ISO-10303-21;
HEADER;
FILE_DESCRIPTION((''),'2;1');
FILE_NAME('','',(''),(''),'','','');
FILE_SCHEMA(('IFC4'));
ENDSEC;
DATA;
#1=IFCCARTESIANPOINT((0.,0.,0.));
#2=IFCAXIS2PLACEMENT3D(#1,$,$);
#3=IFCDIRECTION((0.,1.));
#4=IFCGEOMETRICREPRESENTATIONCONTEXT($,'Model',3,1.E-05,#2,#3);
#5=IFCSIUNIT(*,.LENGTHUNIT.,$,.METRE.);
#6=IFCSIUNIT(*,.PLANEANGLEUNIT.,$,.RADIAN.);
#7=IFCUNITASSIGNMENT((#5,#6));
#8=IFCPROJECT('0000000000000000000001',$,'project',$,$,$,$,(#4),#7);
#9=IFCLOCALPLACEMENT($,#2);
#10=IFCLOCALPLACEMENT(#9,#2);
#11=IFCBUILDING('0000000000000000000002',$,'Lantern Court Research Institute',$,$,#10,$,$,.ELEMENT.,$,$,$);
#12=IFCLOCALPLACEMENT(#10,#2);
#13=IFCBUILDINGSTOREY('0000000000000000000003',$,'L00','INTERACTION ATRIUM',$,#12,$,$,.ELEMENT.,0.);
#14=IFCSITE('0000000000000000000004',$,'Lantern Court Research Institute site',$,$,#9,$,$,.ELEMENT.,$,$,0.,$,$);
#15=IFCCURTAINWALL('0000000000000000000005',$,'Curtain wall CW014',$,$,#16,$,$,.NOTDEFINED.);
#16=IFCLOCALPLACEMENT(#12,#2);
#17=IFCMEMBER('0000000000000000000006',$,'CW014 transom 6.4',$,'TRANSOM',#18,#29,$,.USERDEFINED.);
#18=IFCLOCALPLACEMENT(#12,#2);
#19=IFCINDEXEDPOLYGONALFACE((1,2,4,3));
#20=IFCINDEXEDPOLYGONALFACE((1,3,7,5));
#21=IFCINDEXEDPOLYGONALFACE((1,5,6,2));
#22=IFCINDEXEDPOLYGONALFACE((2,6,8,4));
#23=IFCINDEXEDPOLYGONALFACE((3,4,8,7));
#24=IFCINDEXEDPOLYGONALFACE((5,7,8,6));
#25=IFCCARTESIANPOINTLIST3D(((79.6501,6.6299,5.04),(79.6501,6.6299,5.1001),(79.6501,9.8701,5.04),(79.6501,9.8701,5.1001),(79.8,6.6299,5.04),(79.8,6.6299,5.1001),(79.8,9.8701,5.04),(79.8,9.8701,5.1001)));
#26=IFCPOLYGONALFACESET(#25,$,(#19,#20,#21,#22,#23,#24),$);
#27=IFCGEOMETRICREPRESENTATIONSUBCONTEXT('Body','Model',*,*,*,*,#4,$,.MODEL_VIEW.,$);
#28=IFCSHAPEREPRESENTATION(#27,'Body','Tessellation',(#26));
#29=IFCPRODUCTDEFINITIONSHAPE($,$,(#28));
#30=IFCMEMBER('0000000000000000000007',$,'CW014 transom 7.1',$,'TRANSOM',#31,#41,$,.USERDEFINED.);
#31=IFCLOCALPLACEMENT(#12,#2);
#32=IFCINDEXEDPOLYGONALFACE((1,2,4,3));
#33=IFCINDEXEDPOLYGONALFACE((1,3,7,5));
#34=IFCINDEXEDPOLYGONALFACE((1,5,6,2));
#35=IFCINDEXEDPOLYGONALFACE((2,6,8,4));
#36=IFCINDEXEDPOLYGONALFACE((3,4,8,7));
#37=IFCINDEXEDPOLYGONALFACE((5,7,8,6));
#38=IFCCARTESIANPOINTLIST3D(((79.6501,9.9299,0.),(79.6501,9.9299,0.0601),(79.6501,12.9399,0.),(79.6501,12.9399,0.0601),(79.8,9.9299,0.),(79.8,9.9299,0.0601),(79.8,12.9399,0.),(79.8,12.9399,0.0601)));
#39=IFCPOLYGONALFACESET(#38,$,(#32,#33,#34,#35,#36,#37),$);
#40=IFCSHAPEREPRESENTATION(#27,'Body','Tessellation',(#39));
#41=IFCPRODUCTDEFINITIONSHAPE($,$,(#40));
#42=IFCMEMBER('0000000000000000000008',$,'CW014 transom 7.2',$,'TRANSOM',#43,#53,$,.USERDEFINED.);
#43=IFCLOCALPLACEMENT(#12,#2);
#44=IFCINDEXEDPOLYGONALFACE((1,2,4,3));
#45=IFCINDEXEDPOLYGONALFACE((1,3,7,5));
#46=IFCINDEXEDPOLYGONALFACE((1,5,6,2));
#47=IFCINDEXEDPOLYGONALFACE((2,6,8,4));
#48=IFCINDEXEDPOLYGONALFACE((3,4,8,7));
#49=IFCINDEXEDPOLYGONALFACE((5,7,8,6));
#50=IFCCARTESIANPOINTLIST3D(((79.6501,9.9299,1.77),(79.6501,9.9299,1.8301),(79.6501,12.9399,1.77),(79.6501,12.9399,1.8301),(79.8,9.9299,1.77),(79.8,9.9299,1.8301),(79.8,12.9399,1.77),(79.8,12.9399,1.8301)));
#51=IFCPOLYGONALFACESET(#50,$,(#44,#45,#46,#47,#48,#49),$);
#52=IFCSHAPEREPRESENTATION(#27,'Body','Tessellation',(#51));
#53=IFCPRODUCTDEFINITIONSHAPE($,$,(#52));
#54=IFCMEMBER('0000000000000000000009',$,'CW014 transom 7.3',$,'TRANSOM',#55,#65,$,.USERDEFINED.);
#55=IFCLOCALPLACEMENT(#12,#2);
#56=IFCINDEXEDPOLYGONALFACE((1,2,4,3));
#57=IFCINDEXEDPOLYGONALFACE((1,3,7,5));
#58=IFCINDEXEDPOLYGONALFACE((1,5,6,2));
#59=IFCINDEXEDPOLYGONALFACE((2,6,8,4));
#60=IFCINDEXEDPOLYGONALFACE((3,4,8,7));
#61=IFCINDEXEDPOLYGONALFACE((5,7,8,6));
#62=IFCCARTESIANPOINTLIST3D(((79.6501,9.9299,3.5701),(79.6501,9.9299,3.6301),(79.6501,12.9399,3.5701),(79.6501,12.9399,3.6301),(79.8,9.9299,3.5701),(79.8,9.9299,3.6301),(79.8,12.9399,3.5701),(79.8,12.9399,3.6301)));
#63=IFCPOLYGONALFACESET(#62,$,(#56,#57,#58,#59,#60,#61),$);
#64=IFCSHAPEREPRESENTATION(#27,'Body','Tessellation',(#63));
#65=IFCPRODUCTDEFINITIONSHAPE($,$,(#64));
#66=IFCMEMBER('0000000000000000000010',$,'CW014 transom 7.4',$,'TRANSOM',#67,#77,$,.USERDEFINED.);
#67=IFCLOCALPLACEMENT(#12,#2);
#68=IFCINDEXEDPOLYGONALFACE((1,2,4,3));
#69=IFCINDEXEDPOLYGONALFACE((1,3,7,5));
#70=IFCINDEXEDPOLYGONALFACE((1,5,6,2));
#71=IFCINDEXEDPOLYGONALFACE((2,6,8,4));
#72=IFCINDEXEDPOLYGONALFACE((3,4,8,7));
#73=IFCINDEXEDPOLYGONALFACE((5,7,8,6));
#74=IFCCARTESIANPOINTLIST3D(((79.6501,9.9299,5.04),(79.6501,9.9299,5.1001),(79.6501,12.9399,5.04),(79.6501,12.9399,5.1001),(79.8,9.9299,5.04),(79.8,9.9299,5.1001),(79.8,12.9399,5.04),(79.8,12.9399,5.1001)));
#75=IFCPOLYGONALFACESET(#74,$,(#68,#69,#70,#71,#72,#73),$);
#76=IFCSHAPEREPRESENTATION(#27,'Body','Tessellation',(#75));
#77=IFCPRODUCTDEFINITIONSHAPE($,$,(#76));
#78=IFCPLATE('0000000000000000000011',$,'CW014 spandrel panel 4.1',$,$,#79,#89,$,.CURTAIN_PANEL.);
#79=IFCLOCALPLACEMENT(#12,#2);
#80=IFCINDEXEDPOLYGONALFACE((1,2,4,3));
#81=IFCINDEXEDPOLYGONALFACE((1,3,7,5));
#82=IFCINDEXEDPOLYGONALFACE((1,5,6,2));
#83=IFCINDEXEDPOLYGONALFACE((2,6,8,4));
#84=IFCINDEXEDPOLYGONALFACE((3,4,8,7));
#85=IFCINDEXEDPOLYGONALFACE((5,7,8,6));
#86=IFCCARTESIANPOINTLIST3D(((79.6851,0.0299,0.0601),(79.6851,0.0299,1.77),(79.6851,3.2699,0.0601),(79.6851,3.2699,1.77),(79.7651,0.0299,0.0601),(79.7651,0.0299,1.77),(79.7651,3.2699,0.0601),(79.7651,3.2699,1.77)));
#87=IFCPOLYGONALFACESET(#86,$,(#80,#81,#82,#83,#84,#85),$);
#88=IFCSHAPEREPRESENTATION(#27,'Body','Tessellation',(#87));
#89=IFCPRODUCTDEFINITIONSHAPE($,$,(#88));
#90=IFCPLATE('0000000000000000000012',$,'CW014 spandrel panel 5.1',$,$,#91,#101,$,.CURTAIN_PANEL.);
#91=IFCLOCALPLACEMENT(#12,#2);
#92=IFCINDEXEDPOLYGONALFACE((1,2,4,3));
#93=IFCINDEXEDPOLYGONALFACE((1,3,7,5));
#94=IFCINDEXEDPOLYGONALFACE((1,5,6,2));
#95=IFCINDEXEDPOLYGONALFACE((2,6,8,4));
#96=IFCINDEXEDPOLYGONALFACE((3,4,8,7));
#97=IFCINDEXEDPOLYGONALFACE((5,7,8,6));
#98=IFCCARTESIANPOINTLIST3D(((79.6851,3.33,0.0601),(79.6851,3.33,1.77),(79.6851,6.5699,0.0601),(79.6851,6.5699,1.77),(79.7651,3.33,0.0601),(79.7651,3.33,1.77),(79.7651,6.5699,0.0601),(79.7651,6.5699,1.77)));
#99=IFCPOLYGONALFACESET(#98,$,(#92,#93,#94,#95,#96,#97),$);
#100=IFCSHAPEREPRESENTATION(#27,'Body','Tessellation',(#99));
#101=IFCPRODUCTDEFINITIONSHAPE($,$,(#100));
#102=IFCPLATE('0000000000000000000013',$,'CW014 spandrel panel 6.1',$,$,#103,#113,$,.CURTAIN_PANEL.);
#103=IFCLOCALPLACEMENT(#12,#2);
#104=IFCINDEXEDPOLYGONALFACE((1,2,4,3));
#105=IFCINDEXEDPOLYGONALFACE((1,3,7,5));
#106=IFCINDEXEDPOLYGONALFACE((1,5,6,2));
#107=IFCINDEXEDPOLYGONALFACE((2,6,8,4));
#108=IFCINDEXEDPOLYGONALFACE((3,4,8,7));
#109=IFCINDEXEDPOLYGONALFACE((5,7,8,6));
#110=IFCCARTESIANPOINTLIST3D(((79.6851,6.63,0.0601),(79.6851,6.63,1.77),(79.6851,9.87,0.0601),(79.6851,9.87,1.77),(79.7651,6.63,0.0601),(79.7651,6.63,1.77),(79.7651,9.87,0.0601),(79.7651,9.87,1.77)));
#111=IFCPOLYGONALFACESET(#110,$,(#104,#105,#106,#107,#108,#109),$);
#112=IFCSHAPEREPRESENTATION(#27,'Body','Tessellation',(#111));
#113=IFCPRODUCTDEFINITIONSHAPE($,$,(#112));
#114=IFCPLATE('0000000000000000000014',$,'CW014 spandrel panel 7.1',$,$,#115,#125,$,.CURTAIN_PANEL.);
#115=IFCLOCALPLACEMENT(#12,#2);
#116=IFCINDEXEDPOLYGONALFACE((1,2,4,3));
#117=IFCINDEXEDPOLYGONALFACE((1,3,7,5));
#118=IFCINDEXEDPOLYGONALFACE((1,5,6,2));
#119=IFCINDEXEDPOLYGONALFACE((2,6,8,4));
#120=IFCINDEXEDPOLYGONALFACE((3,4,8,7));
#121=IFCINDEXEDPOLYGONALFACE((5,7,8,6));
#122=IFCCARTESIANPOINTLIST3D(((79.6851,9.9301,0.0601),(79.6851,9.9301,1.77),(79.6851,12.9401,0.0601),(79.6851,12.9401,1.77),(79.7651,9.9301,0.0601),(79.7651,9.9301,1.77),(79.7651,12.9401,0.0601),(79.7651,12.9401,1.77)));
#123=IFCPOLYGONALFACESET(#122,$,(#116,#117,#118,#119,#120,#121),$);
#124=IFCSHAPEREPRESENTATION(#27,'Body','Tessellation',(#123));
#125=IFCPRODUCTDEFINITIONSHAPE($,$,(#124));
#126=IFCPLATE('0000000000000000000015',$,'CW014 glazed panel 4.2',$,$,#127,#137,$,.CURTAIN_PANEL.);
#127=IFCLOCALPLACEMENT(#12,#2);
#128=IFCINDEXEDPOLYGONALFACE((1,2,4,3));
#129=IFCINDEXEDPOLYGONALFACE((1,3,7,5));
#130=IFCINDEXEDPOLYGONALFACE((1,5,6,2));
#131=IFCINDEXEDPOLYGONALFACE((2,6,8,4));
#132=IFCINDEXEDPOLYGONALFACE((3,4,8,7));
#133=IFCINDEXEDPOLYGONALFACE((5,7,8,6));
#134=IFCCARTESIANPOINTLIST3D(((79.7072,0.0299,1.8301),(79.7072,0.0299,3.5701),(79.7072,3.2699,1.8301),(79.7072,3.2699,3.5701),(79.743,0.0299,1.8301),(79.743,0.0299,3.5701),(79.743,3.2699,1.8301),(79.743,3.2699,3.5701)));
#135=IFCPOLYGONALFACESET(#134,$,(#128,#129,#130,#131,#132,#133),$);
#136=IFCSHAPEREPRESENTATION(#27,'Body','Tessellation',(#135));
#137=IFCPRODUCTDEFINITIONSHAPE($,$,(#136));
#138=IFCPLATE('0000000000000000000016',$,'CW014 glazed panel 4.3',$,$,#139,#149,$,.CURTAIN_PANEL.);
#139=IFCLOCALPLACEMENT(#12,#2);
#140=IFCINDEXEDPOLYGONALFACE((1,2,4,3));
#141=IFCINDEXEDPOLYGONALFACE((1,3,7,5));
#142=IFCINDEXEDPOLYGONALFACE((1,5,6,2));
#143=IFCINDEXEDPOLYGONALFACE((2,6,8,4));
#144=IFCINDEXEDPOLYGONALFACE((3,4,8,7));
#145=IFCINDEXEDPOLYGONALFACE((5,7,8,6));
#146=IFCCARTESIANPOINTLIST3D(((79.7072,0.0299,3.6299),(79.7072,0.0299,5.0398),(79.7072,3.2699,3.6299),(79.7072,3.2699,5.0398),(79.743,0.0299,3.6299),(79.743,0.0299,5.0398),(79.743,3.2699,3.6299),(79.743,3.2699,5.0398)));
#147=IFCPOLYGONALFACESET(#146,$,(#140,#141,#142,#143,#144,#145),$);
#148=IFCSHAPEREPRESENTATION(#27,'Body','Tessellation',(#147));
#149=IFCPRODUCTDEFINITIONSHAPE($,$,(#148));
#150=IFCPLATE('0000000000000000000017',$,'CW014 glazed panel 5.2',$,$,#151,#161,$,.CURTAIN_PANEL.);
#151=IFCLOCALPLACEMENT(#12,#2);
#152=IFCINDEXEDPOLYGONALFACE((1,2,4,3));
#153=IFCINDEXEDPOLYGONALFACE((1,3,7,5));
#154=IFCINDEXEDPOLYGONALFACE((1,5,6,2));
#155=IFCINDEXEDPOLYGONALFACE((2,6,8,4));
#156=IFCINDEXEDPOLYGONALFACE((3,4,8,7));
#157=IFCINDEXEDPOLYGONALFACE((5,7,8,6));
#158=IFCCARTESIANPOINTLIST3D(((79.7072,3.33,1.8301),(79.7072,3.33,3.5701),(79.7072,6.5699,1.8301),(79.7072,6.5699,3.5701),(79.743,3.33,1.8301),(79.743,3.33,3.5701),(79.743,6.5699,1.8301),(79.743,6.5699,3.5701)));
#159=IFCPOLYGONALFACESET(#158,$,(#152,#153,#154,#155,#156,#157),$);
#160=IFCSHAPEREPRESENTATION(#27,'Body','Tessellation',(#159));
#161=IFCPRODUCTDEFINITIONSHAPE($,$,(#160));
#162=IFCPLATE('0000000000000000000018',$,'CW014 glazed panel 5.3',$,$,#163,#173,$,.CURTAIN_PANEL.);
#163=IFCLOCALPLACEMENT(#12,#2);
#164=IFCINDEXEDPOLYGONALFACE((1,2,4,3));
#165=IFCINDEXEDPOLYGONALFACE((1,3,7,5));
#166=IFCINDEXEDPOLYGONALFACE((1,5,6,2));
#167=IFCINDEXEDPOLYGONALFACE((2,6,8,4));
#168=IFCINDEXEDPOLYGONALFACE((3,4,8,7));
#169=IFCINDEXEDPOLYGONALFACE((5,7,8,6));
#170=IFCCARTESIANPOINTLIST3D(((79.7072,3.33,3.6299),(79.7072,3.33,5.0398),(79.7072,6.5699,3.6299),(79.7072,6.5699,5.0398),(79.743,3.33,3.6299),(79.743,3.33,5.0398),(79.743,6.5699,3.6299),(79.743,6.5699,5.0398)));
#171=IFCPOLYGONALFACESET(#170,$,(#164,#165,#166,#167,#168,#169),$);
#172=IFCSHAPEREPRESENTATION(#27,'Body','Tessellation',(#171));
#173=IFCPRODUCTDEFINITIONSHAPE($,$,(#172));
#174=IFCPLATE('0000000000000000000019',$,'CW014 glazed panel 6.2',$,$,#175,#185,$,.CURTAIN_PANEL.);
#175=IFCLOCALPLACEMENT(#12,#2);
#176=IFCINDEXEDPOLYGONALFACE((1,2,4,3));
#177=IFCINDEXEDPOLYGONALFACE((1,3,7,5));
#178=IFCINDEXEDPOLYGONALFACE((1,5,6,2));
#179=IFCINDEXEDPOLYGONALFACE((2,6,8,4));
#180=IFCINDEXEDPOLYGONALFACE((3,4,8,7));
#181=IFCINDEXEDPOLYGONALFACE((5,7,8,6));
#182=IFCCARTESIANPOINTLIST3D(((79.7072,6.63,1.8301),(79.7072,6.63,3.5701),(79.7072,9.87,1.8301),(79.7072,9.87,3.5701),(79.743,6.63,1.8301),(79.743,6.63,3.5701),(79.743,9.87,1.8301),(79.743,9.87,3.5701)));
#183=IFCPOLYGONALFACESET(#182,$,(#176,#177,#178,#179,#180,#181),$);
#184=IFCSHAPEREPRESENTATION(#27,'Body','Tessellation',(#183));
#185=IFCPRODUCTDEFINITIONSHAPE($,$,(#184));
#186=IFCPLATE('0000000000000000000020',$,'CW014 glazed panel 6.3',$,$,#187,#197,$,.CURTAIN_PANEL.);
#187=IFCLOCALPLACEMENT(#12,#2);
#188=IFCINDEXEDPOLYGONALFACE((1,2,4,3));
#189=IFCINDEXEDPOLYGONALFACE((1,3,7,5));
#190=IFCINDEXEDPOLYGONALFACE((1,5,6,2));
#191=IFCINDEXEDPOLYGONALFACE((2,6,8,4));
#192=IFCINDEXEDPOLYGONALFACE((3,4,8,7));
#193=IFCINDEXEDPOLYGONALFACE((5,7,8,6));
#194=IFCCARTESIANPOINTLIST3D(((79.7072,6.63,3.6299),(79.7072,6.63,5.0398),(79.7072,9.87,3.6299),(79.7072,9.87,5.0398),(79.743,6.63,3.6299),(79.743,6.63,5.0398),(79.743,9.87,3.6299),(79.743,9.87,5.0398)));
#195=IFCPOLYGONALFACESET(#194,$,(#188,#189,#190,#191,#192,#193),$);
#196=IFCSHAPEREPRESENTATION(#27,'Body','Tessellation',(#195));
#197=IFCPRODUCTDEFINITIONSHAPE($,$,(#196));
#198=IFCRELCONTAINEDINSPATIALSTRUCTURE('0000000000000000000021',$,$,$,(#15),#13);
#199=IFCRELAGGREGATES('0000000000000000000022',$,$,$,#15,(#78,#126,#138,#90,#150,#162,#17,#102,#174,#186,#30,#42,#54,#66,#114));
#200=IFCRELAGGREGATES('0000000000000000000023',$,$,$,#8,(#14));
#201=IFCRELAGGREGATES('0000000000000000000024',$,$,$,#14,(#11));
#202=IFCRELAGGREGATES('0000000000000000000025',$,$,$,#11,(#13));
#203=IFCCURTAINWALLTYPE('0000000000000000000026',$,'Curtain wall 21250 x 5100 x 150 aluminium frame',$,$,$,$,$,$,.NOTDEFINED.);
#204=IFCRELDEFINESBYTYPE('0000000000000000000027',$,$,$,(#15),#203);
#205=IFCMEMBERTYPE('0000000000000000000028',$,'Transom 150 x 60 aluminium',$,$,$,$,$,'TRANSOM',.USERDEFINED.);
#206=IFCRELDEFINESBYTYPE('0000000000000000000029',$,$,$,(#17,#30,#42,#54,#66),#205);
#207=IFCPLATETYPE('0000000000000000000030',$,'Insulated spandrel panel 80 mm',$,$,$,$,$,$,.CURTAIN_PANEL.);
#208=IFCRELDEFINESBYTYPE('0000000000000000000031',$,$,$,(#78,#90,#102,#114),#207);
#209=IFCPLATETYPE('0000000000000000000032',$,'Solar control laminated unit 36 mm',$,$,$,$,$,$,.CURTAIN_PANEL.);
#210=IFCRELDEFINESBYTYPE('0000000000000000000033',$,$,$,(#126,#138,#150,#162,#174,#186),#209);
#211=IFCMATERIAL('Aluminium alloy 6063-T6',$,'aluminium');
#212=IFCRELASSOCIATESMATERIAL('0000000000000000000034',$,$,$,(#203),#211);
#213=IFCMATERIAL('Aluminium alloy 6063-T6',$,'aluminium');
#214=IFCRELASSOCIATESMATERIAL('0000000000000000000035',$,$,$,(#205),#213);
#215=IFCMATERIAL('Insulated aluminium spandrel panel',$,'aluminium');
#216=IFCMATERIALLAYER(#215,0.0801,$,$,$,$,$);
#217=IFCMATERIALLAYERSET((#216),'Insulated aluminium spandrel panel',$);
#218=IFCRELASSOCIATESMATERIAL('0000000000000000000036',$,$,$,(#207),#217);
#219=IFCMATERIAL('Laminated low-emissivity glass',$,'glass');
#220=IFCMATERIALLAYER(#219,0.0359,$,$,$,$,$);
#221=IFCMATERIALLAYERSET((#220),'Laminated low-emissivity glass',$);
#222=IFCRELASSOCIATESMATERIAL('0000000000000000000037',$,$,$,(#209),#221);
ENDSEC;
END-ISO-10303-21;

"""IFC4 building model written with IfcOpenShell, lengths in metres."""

from ifc_helpers import new_model, si_unit, direction, frame, origin, origin_2d, place, context, subcontext, project, spatial, rectangle, extrude, material, layer, layer_set, material_profile, profile_set, type_object, element, aggregate, save


model = new_model("IFC4")

# Units and contexts
model_context = context("Model", 3, precision=1e-05, world=origin(), true_north=direction((0.0, 1.0)))
body_context = subcontext(model_context, "Body", "Model", "MODEL_VIEW")
ifc_project = project(units=[si_unit("LENGTHUNIT", "METRE"), si_unit("PLANEANGLEUNIT", "RADIAN")], contexts=[model_context])

# Site, building, storey
site_placement = place(None, origin())
site = spatial("IfcSite", under=ifc_project, at=site_placement, Name="Lantern Court Research Institute site", CompositionType="ELEMENT", RefElevation=0.0)
building_placement = place(site_placement, origin())
building = spatial("IfcBuilding", under=site, at=building_placement, Name="Lantern Court Research Institute", CompositionType="ELEMENT")
storey_placement = place(building_placement, origin())
storey = spatial("IfcBuildingStorey", under=building, at=storey_placement, Name="L00", Description="INTERACTION ATRIUM", CompositionType="ELEMENT", Elevation=0.0)

# Curtain wall, members, plates
ifc_material_1 = material(Name="Aluminium alloy 6063-T6", Category="aluminium")
curtain_wall_type = type_object("IfcCurtainWallType", Name="Curtain wall 21250 x 5100 x 150 aluminium frame", PredefinedType="NOTDEFINED", material=ifc_material_1)
curtain_wall_placement = place(storey_placement, origin())
curtain_wall = element("IfcCurtainWall", 1, at=curtain_wall_placement, inside=storey, type_object=curtain_wall_type, Name="Curtain wall CW014", PredefinedType="NOTDEFINED")
ifc_material_2 = material(Name="Aluminium alloy 6063-T6", Category="aluminium")
ifc_material_profile_1 = material_profile(ifc_material_2, rectangle(XDim=0.1499, YDim=0.0601, at=origin_2d()), Name="Transom 150 x 60")
ifc_profile_set_1 = profile_set([ifc_material_profile_1], Name="Aluminium alloy 6063-T6")
member_type_1 = type_object("IfcMemberType", Name="Transom 150 x 60 aluminium", ElementType="TRANSOM", PredefinedType="USERDEFINED", material=ifc_profile_set_1)
member_1_placement = place(storey_placement, frame((79.7251, 9.8701, 5.0701), z_axis=(0.0, -1.0, 0.0), x_axis=(1.0, 0.0, 0.0)))
member_1 = element("IfcMember", 2, at=member_1_placement, type_object=member_type_1, Name="CW014 transom 6.4", ObjectType="TRANSOM", PredefinedType="USERDEFINED", context=body_context, shape_type="SweptSolid", body=[
    extrude(rectangle(XDim=0.1499, YDim=0.0601, at=origin_2d()), origin(), (0.0, 0.0, 1.0), 3.2402),
])
member_2_placement = place(storey_placement, frame((79.7251, 12.9399, 0.03), z_axis=(0.0, -1.0, 0.0), x_axis=(1.0, 0.0, 0.0)))
member_2 = element("IfcMember", 3, at=member_2_placement, type_object=member_type_1, Name="CW014 transom 7.1", ObjectType="TRANSOM", PredefinedType="USERDEFINED", context=body_context, shape_type="SweptSolid", body=[
    extrude(rectangle(XDim=0.1499, YDim=0.0601, at=origin_2d()), origin(), (0.0, 0.0, 1.0), 3.01),
])
member_3_placement = place(storey_placement, frame((79.7251, 12.9399, 1.8), z_axis=(0.0, -1.0, 0.0), x_axis=(1.0, 0.0, 0.0)))
member_3 = element("IfcMember", 4, at=member_3_placement, type_object=member_type_1, Name="CW014 transom 7.2", ObjectType="TRANSOM", PredefinedType="USERDEFINED", context=body_context, shape_type="SweptSolid", body=[
    extrude(rectangle(XDim=0.1499, YDim=0.0601, at=origin_2d()), origin(), (0.0, 0.0, 1.0), 3.01),
])
member_4_placement = place(storey_placement, frame((79.7251, 12.9399, 3.6001), z_axis=(0.0, -1.0, 0.0), x_axis=(1.0, 0.0, 0.0)))
member_4 = element("IfcMember", 5, at=member_4_placement, type_object=member_type_1, Name="CW014 transom 7.3", ObjectType="TRANSOM", PredefinedType="USERDEFINED", context=body_context, shape_type="SweptSolid", body=[
    extrude(rectangle(XDim=0.1499, YDim=0.0601, at=origin_2d()), origin(), (0.0, 0.0, 1.0), 3.01),
])
member_5_placement = place(storey_placement, frame((79.7251, 12.9399, 5.0701), z_axis=(0.0, -1.0, 0.0), x_axis=(1.0, 0.0, 0.0)))
member_5 = element("IfcMember", 6, at=member_5_placement, type_object=member_type_1, Name="CW014 transom 7.4", ObjectType="TRANSOM", PredefinedType="USERDEFINED", context=body_context, shape_type="SweptSolid", body=[
    extrude(rectangle(XDim=0.1499, YDim=0.0601, at=origin_2d()), origin(), (0.0, 0.0, 1.0), 3.01),
])
ifc_material_3 = material(Name="Insulated aluminium spandrel panel", Category="aluminium")
ifc_layer_1 = layer(ifc_material_3, 0.0801)
ifc_layer_set_1 = layer_set([ifc_layer_1], Name="Insulated aluminium spandrel panel")
plate_type_1 = type_object("IfcPlateType", Name="Insulated spandrel panel 80 mm", PredefinedType="CURTAIN_PANEL", material=ifc_layer_set_1)
plate_1_placement = place(storey_placement, frame((79.7251, 1.6499, 0.0601), z_axis=(0.0, 0.0, 1.0), x_axis=(0.0, -1.0, 0.0)))
plate_1 = element("IfcPlate", 7, at=plate_1_placement, type_object=plate_type_1, Name="CW014 spandrel panel 4.1", PredefinedType="CURTAIN_PANEL", context=body_context, shape_type="SweptSolid", body=[
    extrude(rectangle(XDim=3.24, YDim=0.0801, at=origin_2d()), origin(), (0.0, 0.0, 1.0), 1.71),
])
plate_2_placement = place(storey_placement, frame((79.7251, 4.95, 0.0601), z_axis=(0.0, 0.0, 1.0), x_axis=(0.0, -1.0, 0.0)))
plate_2 = element("IfcPlate", 8, at=plate_2_placement, type_object=plate_type_1, Name="CW014 spandrel panel 5.1", PredefinedType="CURTAIN_PANEL", context=body_context, shape_type="SweptSolid", body=[
    extrude(rectangle(XDim=3.24, YDim=0.0801, at=origin_2d()), origin(), (0.0, 0.0, 1.0), 1.71),
])
plate_3_placement = place(storey_placement, frame((79.7251, 8.25, 0.0601), z_axis=(0.0, 0.0, 1.0), x_axis=(0.0, -1.0, 0.0)))
plate_3 = element("IfcPlate", 9, at=plate_3_placement, type_object=plate_type_1, Name="CW014 spandrel panel 6.1", PredefinedType="CURTAIN_PANEL", context=body_context, shape_type="SweptSolid", body=[
    extrude(rectangle(XDim=3.24, YDim=0.0801, at=origin_2d()), origin(), (0.0, 0.0, 1.0), 1.71),
])
plate_4_placement = place(storey_placement, frame((79.7251, 11.4351, 0.0601), z_axis=(0.0, 0.0, 1.0), x_axis=(0.0, -1.0, 0.0)))
plate_4 = element("IfcPlate", 10, at=plate_4_placement, type_object=plate_type_1, Name="CW014 spandrel panel 7.1", PredefinedType="CURTAIN_PANEL", context=body_context, shape_type="SweptSolid", body=[
    extrude(rectangle(XDim=3.01, YDim=0.0801, at=origin_2d()), origin(), (0.0, 0.0, 1.0), 1.71),
])
ifc_material_4 = material(Name="Laminated low-emissivity glass", Category="glass")
ifc_layer_2 = layer(ifc_material_4, 0.0359)
ifc_layer_set_2 = layer_set([ifc_layer_2], Name="Laminated low-emissivity glass")
plate_type_2 = type_object("IfcPlateType", Name="Solar control laminated unit 36 mm", PredefinedType="CURTAIN_PANEL", material=ifc_layer_set_2)
plate_5_placement = place(storey_placement, frame((79.7251, 1.6499, 1.8301), z_axis=(0.0, 0.0, 1.0), x_axis=(0.0, -1.0, 0.0)))
plate_5 = element("IfcPlate", 11, at=plate_5_placement, type_object=plate_type_2, Name="CW014 glazed panel 4.2", PredefinedType="CURTAIN_PANEL", context=body_context, shape_type="SweptSolid", body=[
    extrude(rectangle(XDim=3.24, YDim=0.0359, at=origin_2d()), origin(), (0.0, 0.0, 1.0), 1.74),
])
plate_6_placement = place(storey_placement, frame((79.7251, 1.6499, 3.6299), z_axis=(0.0, 0.0, 1.0), x_axis=(0.0, -1.0, 0.0)))
plate_6 = element("IfcPlate", 12, at=plate_6_placement, type_object=plate_type_2, Name="CW014 glazed panel 4.3", PredefinedType="CURTAIN_PANEL", context=body_context, shape_type="SweptSolid", body=[
    extrude(rectangle(XDim=3.24, YDim=0.0359, at=origin_2d()), origin(), (0.0, 0.0, 1.0), 1.4099),
])
plate_7_placement = place(storey_placement, frame((79.7251, 4.95, 1.8301), z_axis=(0.0, 0.0, 1.0), x_axis=(0.0, -1.0, 0.0)))
plate_7 = element("IfcPlate", 13, at=plate_7_placement, type_object=plate_type_2, Name="CW014 glazed panel 5.2", PredefinedType="CURTAIN_PANEL", context=body_context, shape_type="SweptSolid", body=[
    extrude(rectangle(XDim=3.24, YDim=0.0359, at=origin_2d()), origin(), (0.0, 0.0, 1.0), 1.74),
])
plate_8_placement = place(storey_placement, frame((79.7251, 4.95, 3.6299), z_axis=(0.0, 0.0, 1.0), x_axis=(0.0, -1.0, 0.0)))
plate_8 = element("IfcPlate", 14, at=plate_8_placement, type_object=plate_type_2, Name="CW014 glazed panel 5.3", PredefinedType="CURTAIN_PANEL", context=body_context, shape_type="SweptSolid", body=[
    extrude(rectangle(XDim=3.24, YDim=0.0359, at=origin_2d()), origin(), (0.0, 0.0, 1.0), 1.4099),
])
plate_9_placement = place(storey_placement, frame((79.7251, 8.25, 1.8301), z_axis=(0.0, 0.0, 1.0), x_axis=(0.0, -1.0, 0.0)))
plate_9 = element("IfcPlate", 15, at=plate_9_placement, type_object=plate_type_2, Name="CW014 glazed panel 6.2", PredefinedType="CURTAIN_PANEL", context=body_context, shape_type="SweptSolid", body=[
    extrude(rectangle(XDim=3.24, YDim=0.0359, at=origin_2d()), origin(), (0.0, 0.0, 1.0), 1.74),
])
plate_10_placement = place(storey_placement, frame((79.7251, 8.25, 3.6299), z_axis=(0.0, 0.0, 1.0), x_axis=(0.0, -1.0, 0.0)))
plate_10 = element("IfcPlate", 16, at=plate_10_placement, type_object=plate_type_2, Name="CW014 glazed panel 6.3", PredefinedType="CURTAIN_PANEL", context=body_context, shape_type="SweptSolid", body=[
    extrude(rectangle(XDim=3.24, YDim=0.0359, at=origin_2d()), origin(), (0.0, 0.0, 1.0), 1.4099),
])
aggregate(curtain_wall, [plate_1, plate_5, plate_6, plate_2, plate_7, plate_8, member_1, plate_3, plate_9, plate_10, member_2, member_3, member_4, member_5, plate_4])

save(model, "model.ifc")
